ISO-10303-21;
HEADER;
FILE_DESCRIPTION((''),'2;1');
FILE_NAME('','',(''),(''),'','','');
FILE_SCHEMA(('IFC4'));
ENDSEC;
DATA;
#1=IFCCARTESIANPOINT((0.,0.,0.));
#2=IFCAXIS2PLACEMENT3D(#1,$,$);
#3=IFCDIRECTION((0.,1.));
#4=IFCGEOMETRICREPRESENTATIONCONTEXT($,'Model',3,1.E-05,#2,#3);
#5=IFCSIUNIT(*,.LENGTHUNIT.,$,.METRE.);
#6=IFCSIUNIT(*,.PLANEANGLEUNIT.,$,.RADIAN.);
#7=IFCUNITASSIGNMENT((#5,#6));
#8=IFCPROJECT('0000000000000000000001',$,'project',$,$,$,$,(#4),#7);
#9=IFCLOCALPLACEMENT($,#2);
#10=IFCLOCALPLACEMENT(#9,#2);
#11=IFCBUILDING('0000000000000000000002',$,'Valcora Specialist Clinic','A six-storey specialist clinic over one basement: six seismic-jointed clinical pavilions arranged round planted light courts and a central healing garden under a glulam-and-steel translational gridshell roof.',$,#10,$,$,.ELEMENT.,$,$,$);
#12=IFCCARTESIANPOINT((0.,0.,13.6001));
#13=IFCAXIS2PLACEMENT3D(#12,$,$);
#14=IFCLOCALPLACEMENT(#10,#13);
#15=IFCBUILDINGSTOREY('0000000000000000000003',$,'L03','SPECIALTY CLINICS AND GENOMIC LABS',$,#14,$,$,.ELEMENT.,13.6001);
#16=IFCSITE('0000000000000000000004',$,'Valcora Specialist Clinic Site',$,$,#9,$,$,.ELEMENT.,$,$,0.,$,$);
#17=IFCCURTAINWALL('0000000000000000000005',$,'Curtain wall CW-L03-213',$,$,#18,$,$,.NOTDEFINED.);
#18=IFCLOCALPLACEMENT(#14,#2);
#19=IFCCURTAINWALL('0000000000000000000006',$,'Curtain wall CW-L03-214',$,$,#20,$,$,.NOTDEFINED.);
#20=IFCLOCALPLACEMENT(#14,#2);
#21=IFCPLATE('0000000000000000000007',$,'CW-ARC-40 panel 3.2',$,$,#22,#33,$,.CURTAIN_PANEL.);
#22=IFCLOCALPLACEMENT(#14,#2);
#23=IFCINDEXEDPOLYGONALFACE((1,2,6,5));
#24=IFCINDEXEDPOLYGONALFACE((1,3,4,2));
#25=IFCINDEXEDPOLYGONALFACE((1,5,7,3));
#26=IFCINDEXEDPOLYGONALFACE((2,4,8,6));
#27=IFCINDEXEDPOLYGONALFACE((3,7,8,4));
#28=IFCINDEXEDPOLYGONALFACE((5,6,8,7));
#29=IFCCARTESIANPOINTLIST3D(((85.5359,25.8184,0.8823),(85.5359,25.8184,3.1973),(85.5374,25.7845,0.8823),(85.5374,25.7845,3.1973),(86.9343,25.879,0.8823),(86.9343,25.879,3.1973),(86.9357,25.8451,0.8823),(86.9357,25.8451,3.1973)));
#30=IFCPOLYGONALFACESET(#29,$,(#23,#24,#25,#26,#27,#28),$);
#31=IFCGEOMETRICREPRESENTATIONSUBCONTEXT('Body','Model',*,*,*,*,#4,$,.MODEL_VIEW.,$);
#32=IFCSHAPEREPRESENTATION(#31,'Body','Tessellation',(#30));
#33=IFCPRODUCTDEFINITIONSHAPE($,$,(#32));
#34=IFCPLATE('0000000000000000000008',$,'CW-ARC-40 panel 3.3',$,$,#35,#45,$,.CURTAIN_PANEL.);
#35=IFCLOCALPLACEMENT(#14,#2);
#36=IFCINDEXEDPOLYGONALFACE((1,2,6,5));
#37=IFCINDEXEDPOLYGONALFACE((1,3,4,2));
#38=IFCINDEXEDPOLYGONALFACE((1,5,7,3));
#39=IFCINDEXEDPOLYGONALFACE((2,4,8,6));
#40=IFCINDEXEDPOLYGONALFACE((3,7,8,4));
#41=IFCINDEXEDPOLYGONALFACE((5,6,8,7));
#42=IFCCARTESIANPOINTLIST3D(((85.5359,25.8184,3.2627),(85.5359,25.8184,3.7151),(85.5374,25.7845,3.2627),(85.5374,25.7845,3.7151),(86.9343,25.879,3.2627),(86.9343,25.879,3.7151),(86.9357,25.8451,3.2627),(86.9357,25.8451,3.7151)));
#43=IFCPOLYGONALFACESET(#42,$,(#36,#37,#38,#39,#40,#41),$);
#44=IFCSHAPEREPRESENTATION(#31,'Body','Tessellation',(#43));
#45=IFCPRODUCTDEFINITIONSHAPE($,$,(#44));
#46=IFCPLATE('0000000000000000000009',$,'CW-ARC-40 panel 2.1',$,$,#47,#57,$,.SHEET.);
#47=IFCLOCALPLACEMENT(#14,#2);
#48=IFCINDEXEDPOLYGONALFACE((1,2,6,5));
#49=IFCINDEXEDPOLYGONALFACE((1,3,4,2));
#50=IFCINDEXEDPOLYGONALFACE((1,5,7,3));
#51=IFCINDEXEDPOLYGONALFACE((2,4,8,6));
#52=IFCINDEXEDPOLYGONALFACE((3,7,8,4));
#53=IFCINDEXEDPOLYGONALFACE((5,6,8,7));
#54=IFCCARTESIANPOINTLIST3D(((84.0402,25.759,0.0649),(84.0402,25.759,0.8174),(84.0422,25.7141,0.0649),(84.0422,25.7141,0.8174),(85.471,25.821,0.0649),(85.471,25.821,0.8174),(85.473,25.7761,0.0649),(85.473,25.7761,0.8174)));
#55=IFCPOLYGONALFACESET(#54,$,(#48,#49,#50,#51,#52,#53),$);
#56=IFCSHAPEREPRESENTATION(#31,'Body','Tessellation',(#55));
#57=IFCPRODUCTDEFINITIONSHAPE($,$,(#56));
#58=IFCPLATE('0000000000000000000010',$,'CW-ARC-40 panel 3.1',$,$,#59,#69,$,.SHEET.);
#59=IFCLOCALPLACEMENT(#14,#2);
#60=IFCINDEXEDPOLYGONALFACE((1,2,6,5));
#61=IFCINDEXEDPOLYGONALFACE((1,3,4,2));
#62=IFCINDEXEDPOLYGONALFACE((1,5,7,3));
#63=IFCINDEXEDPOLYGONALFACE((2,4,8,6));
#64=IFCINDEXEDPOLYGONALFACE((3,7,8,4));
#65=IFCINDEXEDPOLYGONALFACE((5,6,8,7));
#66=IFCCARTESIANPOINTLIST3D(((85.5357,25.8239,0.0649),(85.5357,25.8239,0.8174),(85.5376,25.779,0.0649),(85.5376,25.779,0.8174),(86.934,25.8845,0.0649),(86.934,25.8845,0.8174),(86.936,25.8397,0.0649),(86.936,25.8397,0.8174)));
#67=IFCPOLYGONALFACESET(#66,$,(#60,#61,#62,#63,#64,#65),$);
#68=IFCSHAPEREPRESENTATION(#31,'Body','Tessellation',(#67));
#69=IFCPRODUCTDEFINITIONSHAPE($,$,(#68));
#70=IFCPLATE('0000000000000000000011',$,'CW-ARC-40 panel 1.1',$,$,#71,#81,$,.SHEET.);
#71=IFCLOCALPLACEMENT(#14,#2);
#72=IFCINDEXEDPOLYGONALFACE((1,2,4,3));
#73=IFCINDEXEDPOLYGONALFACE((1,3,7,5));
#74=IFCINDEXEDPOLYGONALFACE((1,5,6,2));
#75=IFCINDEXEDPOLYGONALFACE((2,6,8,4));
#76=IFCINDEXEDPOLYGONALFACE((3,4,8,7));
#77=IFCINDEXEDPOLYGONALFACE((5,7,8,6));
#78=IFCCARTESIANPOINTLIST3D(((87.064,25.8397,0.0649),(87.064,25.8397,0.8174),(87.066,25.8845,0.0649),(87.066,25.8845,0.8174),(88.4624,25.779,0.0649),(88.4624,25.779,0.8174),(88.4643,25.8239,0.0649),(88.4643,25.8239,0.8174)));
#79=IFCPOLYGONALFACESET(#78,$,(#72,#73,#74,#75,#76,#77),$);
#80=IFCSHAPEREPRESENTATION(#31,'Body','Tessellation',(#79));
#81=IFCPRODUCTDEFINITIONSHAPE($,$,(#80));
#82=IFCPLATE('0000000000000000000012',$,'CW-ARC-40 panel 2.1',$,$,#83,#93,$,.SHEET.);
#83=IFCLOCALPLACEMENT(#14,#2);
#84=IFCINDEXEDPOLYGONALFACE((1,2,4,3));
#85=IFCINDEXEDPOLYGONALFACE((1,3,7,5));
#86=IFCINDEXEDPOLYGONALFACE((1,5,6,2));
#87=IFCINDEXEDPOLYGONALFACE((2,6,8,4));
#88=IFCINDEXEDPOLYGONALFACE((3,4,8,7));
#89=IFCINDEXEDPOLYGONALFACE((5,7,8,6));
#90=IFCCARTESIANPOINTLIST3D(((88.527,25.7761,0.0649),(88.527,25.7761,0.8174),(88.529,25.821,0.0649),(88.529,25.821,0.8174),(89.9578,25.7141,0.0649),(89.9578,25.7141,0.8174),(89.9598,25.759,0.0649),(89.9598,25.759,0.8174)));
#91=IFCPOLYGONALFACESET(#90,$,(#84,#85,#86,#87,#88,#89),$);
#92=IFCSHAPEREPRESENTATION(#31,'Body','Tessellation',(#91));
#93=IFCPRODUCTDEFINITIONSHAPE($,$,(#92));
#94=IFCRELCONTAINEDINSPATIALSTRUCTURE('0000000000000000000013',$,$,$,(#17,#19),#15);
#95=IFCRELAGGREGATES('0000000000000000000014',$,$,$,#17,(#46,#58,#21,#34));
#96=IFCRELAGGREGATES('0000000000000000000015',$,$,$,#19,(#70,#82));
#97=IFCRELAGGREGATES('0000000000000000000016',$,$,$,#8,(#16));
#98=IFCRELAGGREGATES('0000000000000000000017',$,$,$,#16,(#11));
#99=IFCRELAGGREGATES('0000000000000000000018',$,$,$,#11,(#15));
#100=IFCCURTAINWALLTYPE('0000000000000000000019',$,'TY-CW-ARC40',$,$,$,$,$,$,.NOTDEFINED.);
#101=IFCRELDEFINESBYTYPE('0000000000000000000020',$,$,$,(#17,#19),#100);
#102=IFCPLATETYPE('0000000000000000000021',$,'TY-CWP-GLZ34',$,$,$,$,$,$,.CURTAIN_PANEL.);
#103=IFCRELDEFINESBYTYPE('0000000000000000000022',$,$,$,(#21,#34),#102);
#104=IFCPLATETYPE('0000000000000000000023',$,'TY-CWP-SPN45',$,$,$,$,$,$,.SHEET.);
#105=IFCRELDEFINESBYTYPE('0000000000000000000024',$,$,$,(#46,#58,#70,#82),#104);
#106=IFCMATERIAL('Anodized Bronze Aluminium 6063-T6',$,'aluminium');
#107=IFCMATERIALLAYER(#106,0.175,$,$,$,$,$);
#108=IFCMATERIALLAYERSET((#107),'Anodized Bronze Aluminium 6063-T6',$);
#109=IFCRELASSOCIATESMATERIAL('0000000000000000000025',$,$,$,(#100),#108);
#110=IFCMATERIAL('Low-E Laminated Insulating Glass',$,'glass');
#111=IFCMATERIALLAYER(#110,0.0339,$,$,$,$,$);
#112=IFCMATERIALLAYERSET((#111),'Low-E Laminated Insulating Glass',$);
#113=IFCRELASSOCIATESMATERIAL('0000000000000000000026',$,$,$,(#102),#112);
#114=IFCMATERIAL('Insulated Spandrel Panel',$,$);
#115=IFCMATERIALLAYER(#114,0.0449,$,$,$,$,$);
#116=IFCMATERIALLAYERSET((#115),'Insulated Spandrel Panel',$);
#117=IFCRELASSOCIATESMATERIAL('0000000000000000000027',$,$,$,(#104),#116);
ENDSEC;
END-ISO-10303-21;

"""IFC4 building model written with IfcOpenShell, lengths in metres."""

from ifc_helpers import new_model, si_unit, direction, frame, origin, origin_2d, place, context, subcontext, project, spatial, rectangle, extrude, material, layer, layer_set, type_object, element, aggregate, save


model = new_model("IFC4")

# Units and contexts
model_context = context("Model", 3, precision=1e-05, world=origin(), true_north=direction((0.0, 1.0)))
body_context = subcontext(model_context, "Body", "Model", "MODEL_VIEW")
ifc_project = project(units=[si_unit("LENGTHUNIT", "METRE"), si_unit("PLANEANGLEUNIT", "RADIAN")], contexts=[model_context])

# Site, building, storey
site_placement = place(None, origin())
site = spatial("IfcSite", under=ifc_project, at=site_placement, Name="Valcora Specialist Clinic Site", CompositionType="ELEMENT", RefElevation=0.0)
building_placement = place(site_placement, origin())
building = spatial("IfcBuilding", under=site, at=building_placement, Name="Valcora Specialist Clinic", Description="A six-storey specialist clinic over one basement: six seismic-jointed clinical pavilions arranged round planted light courts and a central healing garden under a glulam-and-steel translational gridshell roof.", CompositionType="ELEMENT")
storey_placement = place(building_placement, frame((0.0, 0.0, 13.6001)))
storey = spatial("IfcBuildingStorey", under=building, at=storey_placement, Name="L03", Description="SPECIALTY CLINICS AND GENOMIC LABS", CompositionType="ELEMENT", Elevation=13.6001)

# Curtain walls
ifc_material_1 = material(Name="Anodized Bronze Aluminium 6063-T6", Category="aluminium")
ifc_layer_1 = layer(ifc_material_1, 0.175)
ifc_layer_set_1 = layer_set([ifc_layer_1], Name="Anodized Bronze Aluminium 6063-T6")
curtain_wall_type = type_object("IfcCurtainWallType", Name="TY-CW-ARC40", PredefinedType="NOTDEFINED", material=ifc_layer_set_1)
curtain_wall_1_placement = place(storey_placement, origin())
curtain_wall_1 = element("IfcCurtainWall", 1, at=curtain_wall_1_placement, inside=storey, type_object=curtain_wall_type, Name="Curtain wall CW-L03-213", PredefinedType="NOTDEFINED")
curtain_wall_2_placement = place(storey_placement, origin())
curtain_wall_2 = element("IfcCurtainWall", 2, at=curtain_wall_2_placement, inside=storey, type_object=curtain_wall_type, Name="Curtain wall CW-L03-214", PredefinedType="NOTDEFINED")

# Plates
ifc_material_2 = material(Name="Low-E Laminated Insulating Glass", Category="glass")
ifc_layer_2 = layer(ifc_material_2, 0.0339)
ifc_layer_set_2 = layer_set([ifc_layer_2], Name="Low-E Laminated Insulating Glass")
plate_type_1 = type_object("IfcPlateType", Name="TY-CWP-GLZ34", PredefinedType="CURTAIN_PANEL", material=ifc_layer_set_2)
plate_1_placement = place(storey_placement, frame((86.2358, 25.8318, 0.8823), z_axis=(0.0, 0.0, 1.0), x_axis=(0.999062, 0.043307, 0.0)))
plate_1 = element("IfcPlate", 3, at=plate_1_placement, type_object=plate_type_1, Name="CW-ARC-40 panel 3.2", PredefinedType="CURTAIN_PANEL", context=body_context, shape_type="SweptSolid", body=[
    extrude(rectangle(XDim=1.3997, YDim=0.0339, at=origin_2d()), origin(), (0.0, 0.0, 1.0), 2.3149),
])
plate_2_placement = place(storey_placement, frame((86.2358, 25.8318, 3.2627), z_axis=(0.0, 0.0, 1.0), x_axis=(0.999062, 0.043307, 0.0)))
plate_2 = element("IfcPlate", 4, at=plate_2_placement, type_object=plate_type_1, Name="CW-ARC-40 panel 3.3", PredefinedType="CURTAIN_PANEL", context=body_context, shape_type="SweptSolid", body=[
    extrude(rectangle(XDim=1.3997, YDim=0.0339, at=origin_2d()), origin(), (0.0, 0.0, 1.0), 0.4524),
])
ifc_material_3 = material(Name="Insulated Spandrel Panel")
ifc_layer_3 = layer(ifc_material_3, 0.0449)
ifc_layer_set_3 = layer_set([ifc_layer_3], Name="Insulated Spandrel Panel")
plate_type_2 = type_object("IfcPlateType", Name="TY-CWP-SPN45", PredefinedType="SHEET", material=ifc_layer_set_3)
plate_3_placement = place(storey_placement, frame((84.7566, 25.7676, 0.0649), z_axis=(0.0, 0.0, 1.0), x_axis=(0.999062, 0.043307, 0.0)))
plate_3 = element("IfcPlate", 5, at=plate_3_placement, type_object=plate_type_2, Name="CW-ARC-40 panel 2.1", PredefinedType="SHEET", context=body_context, shape_type="SweptSolid", body=[
    extrude(rectangle(XDim=1.4321, YDim=0.0449, at=origin_2d()), origin(), (0.0, 0.0, 1.0), 0.7524),
])
plate_4_placement = place(storey_placement, frame((86.2358, 25.8318, 0.0649), z_axis=(0.0, 0.0, 1.0), x_axis=(0.999062, 0.043307, 0.0)))
plate_4 = element("IfcPlate", 6, at=plate_4_placement, type_object=plate_type_2, Name="CW-ARC-40 panel 3.1", PredefinedType="SHEET", context=body_context, shape_type="SweptSolid", body=[
    extrude(rectangle(XDim=1.3997, YDim=0.0449, at=origin_2d()), origin(), (0.0, 0.0, 1.0), 0.7524),
])
aggregate(curtain_wall_1, [plate_3, plate_4, plate_1, plate_2])
plate_5_placement = place(storey_placement, frame((87.7642, 25.8318, 0.0649), z_axis=(0.0, 0.0, 1.0), x_axis=(0.999062, -0.043307, 0.0)))
plate_5 = element("IfcPlate", 7, at=plate_5_placement, type_object=plate_type_2, Name="CW-ARC-40 panel 1.1", PredefinedType="SHEET", context=body_context, shape_type="SweptSolid", body=[
    extrude(rectangle(XDim=1.3997, YDim=0.0449, at=origin_2d()), origin(), (0.0, 0.0, 1.0), 0.7524),
])
plate_6_placement = place(storey_placement, frame((89.2434, 25.7676, 0.0649), z_axis=(0.0, 0.0, 1.0), x_axis=(0.999062, -0.043307, 0.0)))
plate_6 = element("IfcPlate", 8, at=plate_6_placement, type_object=plate_type_2, Name="CW-ARC-40 panel 2.1", PredefinedType="SHEET", context=body_context, shape_type="SweptSolid", body=[
    extrude(rectangle(XDim=1.4321, YDim=0.0449, at=origin_2d()), origin(), (0.0, 0.0, 1.0), 0.7524),
])
aggregate(curtain_wall_2, [plate_5, plate_6])

save(model, "model.ifc")
